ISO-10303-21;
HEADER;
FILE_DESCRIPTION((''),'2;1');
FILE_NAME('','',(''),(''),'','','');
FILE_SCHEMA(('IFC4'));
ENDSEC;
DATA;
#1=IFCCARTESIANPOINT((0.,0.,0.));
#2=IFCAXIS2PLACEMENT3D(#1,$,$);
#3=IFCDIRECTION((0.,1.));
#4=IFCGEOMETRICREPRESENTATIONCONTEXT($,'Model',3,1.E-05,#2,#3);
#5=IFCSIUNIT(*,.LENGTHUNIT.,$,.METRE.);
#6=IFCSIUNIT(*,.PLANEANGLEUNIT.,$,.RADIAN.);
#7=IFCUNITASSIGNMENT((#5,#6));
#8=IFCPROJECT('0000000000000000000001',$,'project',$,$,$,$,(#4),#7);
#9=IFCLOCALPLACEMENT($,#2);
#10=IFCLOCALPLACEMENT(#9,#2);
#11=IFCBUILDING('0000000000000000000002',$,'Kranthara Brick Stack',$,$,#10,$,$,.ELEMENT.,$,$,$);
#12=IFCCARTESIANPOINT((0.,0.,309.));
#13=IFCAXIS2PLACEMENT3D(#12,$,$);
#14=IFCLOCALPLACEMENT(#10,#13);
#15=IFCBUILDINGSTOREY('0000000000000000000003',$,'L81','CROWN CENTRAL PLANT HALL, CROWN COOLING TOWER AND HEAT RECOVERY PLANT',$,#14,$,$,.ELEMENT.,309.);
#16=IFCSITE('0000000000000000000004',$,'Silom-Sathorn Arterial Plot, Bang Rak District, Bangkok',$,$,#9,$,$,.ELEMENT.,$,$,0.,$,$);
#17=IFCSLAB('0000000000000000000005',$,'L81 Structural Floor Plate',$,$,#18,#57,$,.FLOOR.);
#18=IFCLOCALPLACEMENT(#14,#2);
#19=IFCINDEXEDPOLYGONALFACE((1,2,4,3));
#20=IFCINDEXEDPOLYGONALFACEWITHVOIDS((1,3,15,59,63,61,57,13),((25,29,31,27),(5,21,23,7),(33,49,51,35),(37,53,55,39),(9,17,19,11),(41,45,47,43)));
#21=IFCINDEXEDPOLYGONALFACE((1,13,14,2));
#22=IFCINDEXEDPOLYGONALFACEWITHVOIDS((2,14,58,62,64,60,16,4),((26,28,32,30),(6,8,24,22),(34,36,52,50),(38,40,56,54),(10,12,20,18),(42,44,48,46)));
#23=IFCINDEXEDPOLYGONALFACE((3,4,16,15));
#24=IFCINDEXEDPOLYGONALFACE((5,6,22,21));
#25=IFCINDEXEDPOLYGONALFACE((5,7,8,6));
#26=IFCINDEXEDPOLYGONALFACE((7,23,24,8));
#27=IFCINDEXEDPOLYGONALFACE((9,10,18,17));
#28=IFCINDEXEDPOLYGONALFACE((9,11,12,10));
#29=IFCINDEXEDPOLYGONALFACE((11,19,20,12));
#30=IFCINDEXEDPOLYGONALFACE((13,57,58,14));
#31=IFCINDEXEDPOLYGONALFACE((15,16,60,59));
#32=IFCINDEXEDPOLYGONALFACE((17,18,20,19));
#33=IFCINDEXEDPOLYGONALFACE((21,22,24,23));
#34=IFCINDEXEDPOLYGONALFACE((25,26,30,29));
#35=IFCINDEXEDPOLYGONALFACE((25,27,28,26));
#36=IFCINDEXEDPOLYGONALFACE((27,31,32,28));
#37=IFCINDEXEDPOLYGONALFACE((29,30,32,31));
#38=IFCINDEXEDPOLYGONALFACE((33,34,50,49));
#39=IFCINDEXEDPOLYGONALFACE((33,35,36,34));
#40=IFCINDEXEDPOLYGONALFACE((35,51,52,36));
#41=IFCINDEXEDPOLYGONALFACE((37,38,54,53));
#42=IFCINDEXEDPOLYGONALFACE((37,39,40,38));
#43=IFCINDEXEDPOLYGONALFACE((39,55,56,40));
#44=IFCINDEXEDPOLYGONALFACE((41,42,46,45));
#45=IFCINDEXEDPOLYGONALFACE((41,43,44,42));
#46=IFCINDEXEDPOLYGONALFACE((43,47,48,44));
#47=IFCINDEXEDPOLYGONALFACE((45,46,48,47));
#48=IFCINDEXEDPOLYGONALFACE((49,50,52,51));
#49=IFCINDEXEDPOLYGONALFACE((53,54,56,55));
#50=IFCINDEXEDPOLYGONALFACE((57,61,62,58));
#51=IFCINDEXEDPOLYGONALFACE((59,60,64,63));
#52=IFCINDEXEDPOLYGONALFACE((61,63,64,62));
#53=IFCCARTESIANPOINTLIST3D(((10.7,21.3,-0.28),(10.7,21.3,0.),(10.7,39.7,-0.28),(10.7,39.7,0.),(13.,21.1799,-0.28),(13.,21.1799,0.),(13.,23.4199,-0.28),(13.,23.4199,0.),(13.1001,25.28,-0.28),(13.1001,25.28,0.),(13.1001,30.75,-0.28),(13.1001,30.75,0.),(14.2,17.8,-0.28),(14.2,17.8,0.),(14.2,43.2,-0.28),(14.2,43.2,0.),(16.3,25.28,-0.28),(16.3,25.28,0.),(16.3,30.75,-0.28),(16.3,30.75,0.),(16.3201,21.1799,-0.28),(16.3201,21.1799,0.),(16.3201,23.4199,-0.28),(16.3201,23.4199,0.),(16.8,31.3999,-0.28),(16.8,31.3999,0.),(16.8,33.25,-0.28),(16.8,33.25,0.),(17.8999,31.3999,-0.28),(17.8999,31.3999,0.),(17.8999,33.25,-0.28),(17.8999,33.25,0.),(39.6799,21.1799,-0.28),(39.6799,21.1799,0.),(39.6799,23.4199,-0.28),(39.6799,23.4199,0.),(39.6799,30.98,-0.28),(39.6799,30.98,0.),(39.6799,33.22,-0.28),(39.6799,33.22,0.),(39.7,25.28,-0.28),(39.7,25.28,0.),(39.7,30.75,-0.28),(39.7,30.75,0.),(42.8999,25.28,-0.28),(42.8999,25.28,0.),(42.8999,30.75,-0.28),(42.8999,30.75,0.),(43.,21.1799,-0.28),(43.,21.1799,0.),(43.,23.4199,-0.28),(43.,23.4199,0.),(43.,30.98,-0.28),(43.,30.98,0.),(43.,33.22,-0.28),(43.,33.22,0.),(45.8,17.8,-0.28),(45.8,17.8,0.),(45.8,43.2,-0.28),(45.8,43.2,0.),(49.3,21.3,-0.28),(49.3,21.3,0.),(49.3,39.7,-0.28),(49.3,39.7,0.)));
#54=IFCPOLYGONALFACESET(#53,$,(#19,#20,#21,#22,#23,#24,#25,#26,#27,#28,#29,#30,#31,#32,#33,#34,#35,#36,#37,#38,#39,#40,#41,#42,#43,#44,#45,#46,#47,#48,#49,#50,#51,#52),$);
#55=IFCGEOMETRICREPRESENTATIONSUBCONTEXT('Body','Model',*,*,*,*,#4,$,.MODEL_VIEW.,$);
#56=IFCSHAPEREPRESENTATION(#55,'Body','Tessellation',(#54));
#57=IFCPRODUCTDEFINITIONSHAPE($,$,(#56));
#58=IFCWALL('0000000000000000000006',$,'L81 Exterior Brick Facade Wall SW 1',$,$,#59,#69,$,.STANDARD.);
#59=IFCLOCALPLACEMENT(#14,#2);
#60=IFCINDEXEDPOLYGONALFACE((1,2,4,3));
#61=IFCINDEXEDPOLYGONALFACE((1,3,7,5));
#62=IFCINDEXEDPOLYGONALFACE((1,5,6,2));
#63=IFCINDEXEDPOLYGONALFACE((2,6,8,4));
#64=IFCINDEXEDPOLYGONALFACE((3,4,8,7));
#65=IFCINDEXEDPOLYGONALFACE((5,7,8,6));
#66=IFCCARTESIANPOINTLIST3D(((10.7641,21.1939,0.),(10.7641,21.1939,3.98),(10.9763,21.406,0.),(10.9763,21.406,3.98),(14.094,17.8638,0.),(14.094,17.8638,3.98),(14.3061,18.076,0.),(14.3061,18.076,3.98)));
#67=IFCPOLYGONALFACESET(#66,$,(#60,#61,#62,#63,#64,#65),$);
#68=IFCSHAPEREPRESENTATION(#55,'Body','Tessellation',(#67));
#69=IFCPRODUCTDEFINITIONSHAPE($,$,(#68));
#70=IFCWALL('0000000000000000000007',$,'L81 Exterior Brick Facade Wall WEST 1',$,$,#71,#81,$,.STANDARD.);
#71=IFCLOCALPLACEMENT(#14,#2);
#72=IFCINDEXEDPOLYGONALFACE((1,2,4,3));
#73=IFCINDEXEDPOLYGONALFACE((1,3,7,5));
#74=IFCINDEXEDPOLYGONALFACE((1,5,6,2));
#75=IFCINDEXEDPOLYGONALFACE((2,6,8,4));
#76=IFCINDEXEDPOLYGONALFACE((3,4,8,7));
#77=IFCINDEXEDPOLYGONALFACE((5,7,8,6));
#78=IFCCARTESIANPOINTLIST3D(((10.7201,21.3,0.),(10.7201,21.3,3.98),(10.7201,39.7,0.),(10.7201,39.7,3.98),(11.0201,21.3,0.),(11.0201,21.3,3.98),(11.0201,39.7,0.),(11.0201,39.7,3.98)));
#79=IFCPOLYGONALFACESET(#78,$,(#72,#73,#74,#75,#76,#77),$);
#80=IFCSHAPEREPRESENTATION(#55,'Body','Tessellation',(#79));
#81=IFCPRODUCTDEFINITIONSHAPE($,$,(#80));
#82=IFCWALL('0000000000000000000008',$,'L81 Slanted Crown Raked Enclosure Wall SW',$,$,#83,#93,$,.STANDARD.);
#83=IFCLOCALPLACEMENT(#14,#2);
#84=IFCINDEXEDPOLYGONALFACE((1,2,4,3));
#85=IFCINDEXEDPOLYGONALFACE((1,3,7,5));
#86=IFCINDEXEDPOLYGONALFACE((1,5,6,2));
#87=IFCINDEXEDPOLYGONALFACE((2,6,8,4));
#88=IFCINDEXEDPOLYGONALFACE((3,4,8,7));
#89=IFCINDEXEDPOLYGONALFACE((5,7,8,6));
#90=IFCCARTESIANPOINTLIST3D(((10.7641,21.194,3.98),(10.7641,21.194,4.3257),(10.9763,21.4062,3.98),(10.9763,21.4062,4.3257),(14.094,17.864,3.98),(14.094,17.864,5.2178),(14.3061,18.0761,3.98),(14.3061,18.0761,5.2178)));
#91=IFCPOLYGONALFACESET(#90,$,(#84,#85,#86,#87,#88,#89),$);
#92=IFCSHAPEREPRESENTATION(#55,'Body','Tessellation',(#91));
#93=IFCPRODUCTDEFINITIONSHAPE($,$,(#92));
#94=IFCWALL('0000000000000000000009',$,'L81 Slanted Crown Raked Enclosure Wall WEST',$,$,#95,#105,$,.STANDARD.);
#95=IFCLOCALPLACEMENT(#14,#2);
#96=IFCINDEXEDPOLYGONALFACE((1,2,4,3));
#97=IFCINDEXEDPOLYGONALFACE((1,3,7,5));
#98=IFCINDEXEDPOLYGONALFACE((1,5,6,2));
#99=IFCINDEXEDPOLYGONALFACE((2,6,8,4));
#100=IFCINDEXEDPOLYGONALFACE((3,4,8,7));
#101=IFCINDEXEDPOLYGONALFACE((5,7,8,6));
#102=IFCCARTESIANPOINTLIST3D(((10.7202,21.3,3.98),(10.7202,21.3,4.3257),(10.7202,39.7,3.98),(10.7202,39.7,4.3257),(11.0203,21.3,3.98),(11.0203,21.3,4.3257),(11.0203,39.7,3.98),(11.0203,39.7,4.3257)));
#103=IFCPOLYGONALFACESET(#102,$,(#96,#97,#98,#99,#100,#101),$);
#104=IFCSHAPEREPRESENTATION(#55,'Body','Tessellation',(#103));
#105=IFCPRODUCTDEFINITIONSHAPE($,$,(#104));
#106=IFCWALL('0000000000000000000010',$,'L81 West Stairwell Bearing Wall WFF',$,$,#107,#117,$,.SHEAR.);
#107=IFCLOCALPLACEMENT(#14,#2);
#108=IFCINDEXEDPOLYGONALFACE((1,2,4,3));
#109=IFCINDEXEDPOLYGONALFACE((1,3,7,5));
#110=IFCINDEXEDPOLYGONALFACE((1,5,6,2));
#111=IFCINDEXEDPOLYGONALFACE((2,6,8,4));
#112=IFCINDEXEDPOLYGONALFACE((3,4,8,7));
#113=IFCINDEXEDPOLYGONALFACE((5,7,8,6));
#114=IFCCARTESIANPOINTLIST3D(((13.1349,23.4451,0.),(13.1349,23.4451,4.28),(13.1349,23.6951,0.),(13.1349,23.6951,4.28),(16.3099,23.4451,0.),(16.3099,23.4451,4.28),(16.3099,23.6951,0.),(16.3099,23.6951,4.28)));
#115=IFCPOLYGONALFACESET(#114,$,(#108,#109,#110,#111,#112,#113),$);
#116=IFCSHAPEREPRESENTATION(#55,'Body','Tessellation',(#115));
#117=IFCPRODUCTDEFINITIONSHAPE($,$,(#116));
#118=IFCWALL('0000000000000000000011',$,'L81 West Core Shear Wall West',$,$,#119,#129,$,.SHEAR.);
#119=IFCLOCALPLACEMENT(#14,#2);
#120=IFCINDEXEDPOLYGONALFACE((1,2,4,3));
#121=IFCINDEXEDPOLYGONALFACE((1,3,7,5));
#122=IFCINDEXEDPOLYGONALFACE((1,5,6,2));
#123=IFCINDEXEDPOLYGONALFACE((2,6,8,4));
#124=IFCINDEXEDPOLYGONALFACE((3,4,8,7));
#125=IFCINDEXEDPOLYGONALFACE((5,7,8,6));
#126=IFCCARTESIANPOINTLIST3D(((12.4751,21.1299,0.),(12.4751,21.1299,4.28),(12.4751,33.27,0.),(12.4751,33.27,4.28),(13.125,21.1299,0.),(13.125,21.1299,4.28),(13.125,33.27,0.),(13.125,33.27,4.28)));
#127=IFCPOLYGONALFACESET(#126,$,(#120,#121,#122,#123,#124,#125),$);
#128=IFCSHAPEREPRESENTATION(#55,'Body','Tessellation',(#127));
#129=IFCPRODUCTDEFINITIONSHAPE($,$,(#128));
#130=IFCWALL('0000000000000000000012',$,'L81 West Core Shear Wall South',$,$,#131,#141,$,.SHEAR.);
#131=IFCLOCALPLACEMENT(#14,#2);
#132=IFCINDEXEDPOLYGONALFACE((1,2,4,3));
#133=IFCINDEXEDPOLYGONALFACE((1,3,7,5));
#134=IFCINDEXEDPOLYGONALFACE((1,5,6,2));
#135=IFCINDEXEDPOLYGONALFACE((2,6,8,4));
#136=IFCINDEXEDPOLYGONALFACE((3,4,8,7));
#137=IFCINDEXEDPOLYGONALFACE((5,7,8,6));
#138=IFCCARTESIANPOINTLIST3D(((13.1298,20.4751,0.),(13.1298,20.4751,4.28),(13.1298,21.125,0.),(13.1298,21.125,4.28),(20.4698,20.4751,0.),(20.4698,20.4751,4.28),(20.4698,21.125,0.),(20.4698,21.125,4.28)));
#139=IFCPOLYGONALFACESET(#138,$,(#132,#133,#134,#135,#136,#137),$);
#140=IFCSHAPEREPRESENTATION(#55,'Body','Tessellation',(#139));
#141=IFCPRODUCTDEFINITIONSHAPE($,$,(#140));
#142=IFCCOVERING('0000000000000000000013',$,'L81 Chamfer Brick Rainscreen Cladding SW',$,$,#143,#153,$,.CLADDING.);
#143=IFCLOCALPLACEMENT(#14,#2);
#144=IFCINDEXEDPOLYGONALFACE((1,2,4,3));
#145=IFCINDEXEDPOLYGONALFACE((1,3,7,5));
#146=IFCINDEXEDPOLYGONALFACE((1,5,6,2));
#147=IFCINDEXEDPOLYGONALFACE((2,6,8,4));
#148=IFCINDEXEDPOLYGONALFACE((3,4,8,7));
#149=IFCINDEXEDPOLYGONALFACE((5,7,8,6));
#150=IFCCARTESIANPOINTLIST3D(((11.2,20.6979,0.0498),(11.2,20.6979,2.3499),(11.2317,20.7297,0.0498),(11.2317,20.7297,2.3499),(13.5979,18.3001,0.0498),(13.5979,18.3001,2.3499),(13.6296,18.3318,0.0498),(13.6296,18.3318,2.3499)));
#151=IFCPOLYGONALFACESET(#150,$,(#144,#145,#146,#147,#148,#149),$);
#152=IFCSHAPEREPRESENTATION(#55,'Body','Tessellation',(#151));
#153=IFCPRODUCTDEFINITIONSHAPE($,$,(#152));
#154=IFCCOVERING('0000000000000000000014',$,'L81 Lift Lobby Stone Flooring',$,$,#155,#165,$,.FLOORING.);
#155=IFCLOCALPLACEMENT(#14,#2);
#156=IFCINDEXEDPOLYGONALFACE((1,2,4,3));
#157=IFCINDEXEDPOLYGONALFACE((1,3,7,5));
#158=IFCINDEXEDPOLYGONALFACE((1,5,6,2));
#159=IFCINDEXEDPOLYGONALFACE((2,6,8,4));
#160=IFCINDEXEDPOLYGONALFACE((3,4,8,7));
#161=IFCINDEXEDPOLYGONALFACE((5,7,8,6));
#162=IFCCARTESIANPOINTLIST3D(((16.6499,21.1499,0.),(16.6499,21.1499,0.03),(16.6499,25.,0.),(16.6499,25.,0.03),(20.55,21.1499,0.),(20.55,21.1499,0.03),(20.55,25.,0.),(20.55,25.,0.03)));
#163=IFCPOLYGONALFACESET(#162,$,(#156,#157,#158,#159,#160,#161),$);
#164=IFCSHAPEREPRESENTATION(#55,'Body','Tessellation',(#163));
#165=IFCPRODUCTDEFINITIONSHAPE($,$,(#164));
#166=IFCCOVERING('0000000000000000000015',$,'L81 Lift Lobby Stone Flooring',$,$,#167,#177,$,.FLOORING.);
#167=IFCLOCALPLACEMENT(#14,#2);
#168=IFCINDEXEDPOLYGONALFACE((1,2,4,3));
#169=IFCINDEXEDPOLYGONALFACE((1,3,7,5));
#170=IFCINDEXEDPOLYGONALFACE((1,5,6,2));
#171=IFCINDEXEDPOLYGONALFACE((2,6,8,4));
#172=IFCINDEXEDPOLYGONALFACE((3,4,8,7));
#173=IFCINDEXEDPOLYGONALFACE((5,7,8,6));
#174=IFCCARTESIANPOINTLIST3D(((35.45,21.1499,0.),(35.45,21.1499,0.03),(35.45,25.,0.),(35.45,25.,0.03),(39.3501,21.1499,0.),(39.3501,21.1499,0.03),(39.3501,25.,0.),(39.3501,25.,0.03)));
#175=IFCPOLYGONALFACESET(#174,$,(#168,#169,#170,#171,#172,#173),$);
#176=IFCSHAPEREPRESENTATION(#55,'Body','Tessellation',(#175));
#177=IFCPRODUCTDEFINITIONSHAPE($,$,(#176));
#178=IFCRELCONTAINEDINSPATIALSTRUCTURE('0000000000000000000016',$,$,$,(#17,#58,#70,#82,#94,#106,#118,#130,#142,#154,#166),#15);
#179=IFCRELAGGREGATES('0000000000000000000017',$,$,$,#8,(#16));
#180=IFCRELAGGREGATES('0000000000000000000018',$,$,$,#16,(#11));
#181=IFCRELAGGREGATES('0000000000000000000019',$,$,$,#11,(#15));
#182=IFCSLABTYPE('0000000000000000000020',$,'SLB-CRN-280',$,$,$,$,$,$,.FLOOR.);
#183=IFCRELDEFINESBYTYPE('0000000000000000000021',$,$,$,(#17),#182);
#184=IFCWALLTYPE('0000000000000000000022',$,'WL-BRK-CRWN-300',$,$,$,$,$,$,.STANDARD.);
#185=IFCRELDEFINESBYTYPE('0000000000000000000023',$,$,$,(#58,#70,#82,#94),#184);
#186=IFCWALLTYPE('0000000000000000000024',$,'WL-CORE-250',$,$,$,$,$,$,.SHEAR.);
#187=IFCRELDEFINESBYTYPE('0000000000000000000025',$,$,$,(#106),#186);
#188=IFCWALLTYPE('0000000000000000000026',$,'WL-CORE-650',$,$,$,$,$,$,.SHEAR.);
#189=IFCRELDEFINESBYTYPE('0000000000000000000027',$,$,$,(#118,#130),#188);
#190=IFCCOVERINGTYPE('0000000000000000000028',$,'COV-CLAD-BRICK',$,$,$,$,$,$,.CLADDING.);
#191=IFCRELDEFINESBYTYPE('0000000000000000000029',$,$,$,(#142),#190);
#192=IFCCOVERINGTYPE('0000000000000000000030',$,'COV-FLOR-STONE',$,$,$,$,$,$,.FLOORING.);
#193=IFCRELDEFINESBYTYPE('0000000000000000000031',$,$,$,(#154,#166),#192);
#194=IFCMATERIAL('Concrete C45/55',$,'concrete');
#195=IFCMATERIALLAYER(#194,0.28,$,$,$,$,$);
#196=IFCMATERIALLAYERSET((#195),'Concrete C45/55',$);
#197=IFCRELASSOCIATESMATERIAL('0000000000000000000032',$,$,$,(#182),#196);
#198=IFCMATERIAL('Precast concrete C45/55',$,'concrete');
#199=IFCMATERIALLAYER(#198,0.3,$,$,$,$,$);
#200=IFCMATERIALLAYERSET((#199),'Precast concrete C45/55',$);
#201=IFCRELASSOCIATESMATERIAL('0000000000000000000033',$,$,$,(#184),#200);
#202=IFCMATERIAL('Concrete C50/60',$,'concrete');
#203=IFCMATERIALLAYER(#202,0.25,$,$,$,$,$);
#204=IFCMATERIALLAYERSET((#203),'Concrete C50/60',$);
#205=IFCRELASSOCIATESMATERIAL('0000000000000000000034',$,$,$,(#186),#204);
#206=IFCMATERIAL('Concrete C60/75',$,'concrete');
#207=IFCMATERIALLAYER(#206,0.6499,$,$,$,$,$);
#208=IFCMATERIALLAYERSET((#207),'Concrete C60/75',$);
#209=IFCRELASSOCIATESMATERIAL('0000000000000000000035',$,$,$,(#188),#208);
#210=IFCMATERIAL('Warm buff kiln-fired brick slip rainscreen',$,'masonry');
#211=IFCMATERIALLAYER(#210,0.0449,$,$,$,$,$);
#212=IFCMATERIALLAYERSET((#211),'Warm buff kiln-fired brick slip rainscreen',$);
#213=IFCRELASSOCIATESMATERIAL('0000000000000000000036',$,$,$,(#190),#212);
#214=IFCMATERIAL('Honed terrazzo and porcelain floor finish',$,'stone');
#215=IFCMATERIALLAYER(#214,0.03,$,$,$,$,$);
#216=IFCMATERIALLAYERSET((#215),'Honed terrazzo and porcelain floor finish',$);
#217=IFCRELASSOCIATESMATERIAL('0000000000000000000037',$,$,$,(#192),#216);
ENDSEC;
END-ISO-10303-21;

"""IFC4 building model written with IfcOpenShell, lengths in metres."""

from ifc_helpers import new_model, si_unit, direction, frame, frame_2d, origin, origin_2d, place, context, subcontext, project, spatial, polyline, rectangle, outline, extrude, material, layer, layer_set, type_object, element, save


model = new_model("IFC4")

# Units and contexts
model_context = context("Model", 3, precision=1e-05, world=origin(), true_north=direction((0.0, 1.0)))
body_context = subcontext(model_context, "Body", "Model", "MODEL_VIEW")
ifc_project = project(units=[si_unit("LENGTHUNIT", "METRE"), si_unit("PLANEANGLEUNIT", "RADIAN")], contexts=[model_context])

# Site, building, storey
site_placement = place(None, origin())
site = spatial("IfcSite", under=ifc_project, at=site_placement, Name="Silom-Sathorn Arterial Plot, Bang Rak District, Bangkok", CompositionType="ELEMENT", RefElevation=0.0)
building_placement = place(site_placement, origin())
building = spatial("IfcBuilding", under=site, at=building_placement, Name="Kranthara Brick Stack", CompositionType="ELEMENT")
storey_placement = place(building_placement, frame((0.0, 0.0, 309.0)))
storey = spatial("IfcBuildingStorey", under=building, at=storey_placement, Name="L81", Description="CROWN CENTRAL PLANT HALL, CROWN COOLING TOWER AND HEAT RECOVERY PLANT", CompositionType="ELEMENT", Elevation=309.0)

# Slab
ifc_material_1 = material(Name="Concrete C45/55", Category="concrete")
ifc_layer_1 = layer(ifc_material_1, 0.28)
ifc_layer_set_1 = layer_set([ifc_layer_1], Name="Concrete C45/55")
slab_type = type_object("IfcSlabType", Name="SLB-CRN-280", PredefinedType="FLOOR", material=ifc_layer_set_1)
slab_placement = place(storey_placement, frame((0.0, 0.0, -0.28)))
element("IfcSlab", 1, at=slab_placement, inside=storey, type_object=slab_type, Name="L81 Structural Floor Plate", PredefinedType="FLOOR", context=body_context, shape_type="SweptSolid", body=[
    extrude(outline(polyline([(14.2, 17.8), (45.8, 17.8), (49.3, 21.3), (49.3, 39.7), (45.8, 43.2), (14.2, 43.2), (10.7, 39.7), (10.7, 21.3), (14.2, 17.8)]), holes=[polyline([(13.1001, 25.28), (16.3, 25.28), (16.3, 30.75), (13.1001, 30.75), (13.1001, 25.28)]), polyline([(39.7, 25.28), (42.8999, 25.28), (42.8999, 30.75), (39.7, 30.75), (39.7, 25.28)]), polyline([(13.0, 21.1799), (16.3201, 21.1799), (16.3201, 23.4199), (13.0, 23.4199), (13.0, 21.1799)]), polyline([(39.6799, 21.1799), (43.0, 21.1799), (43.0, 23.4199), (39.6799, 23.4199), (39.6799, 21.1799)]), polyline([(39.6799, 30.98), (43.0, 30.98), (43.0, 33.22), (39.6799, 33.22), (39.6799, 30.98)]), polyline([(16.8, 31.3999), (17.8999, 31.3999), (17.8999, 33.25), (16.8, 33.25), (16.8, 31.3999)])]), origin(), (0.0, 0.0, 1.0), 0.28),
])

# Walls
ifc_material_2 = material(Name="Precast concrete C45/55", Category="concrete")
ifc_layer_2 = layer(ifc_material_2, 0.3)
ifc_layer_set_2 = layer_set([ifc_layer_2], Name="Precast concrete C45/55")
wall_type_1 = type_object("IfcWallType", Name="WL-BRK-CRWN-300", PredefinedType="STANDARD", material=ifc_layer_set_2)
wall_1_placement = place(storey_placement, frame((14.2, 17.97, 0.0), z_axis=(0.0, 0.0, 1.0), x_axis=(-0.707081, 0.707133, 0.0)))
element("IfcWall", 2, at=wall_1_placement, inside=storey, type_object=wall_type_1, Name="L81 Exterior Brick Facade Wall SW 1", PredefinedType="STANDARD", context=body_context, shape_type="SweptSolid", body=[
    extrude(rectangle(XDim=4.7092, YDim=0.3, at=frame_2d((2.3545, 0.0))), origin(), (0.0, 0.0, 1.0), 3.98),
])
wall_2_placement = place(storey_placement, frame((10.8701, 21.3, 0.0), z_axis=(0.0, 0.0, 1.0), x_axis=(0.0, 1.0, 0.0)))
element("IfcWall", 3, at=wall_2_placement, inside=storey, type_object=wall_type_1, Name="L81 Exterior Brick Facade Wall WEST 1", PredefinedType="STANDARD", context=body_context, shape_type="SweptSolid", body=[
    extrude(rectangle(XDim=18.3999, YDim=0.3, at=frame_2d((9.2, 0.0))), origin(), (0.0, 0.0, 1.0), 3.98),
])
wall_3_placement = place(storey_placement, frame((14.2, 17.97, 3.98), z_axis=(0.0, 0.0, 1.0), x_axis=(-0.707081, 0.707133, 0.0)))
element("IfcWall", 4, at=wall_3_placement, inside=storey, type_object=wall_type_1, Name="L81 Slanted Crown Raked Enclosure Wall SW", PredefinedType="STANDARD", context=body_context, shape_type="SweptSolid", body=[
    extrude(outline(polyline([(0.0, 0.0), (4.7092, 0.0), (4.7092, 0.3457), (0.0, 1.2378), (0.0, 0.0)])), frame((0.0, 0.1499, 0.0), z_axis=(0.0, -1.0, 0.0), x_axis=(1.0, 0.0, 0.0)), (0.0, 0.0, 1.0), 0.3),
])
wall_4_placement = place(storey_placement, frame((10.8701, 21.3, 3.98), z_axis=(0.0, 0.0, 1.0), x_axis=(0.0, 1.0, 0.0)))
element("IfcWall", 5, at=wall_4_placement, inside=storey, type_object=wall_type_1, Name="L81 Slanted Crown Raked Enclosure Wall WEST", PredefinedType="STANDARD", context=body_context, shape_type="SweptSolid", body=[
    extrude(outline(polyline([(0.0, 0.0), (18.3999, 0.0), (18.3999, 0.3457), (0.0, 0.3457), (0.0, 0.0)])), frame((0.0, 0.1499, 0.0), z_axis=(0.0, -1.0, 0.0), x_axis=(1.0, 0.0, 0.0)), (0.0, 0.0, 1.0), 0.3),
])
ifc_material_3 = material(Name="Concrete C50/60", Category="concrete")
ifc_layer_3 = layer(ifc_material_3, 0.25)
ifc_layer_set_3 = layer_set([ifc_layer_3], Name="Concrete C50/60")
wall_type_2 = type_object("IfcWallType", Name="WL-CORE-250", PredefinedType="SHEAR", material=ifc_layer_set_3)
wall_5_placement = place(storey_placement, frame((13.135, 23.5701, 0.0), z_axis=(0.0, 0.0, 1.0), x_axis=(1.0, 0.0, 0.0)))
element("IfcWall", 6, at=wall_5_placement, inside=storey, type_object=wall_type_2, Name="L81 West Stairwell Bearing Wall WFF", PredefinedType="SHEAR", context=body_context, shape_type="SweptSolid", body=[
    extrude(rectangle(XDim=3.175, YDim=0.25, at=frame_2d((1.5874, 0.0))), origin(), (0.0, 0.0, 1.0), 4.28),
])
ifc_material_4 = material(Name="Concrete C60/75", Category="concrete")
ifc_layer_4 = layer(ifc_material_4, 0.6499)
ifc_layer_set_4 = layer_set([ifc_layer_4], Name="Concrete C60/75")
wall_type_3 = type_object("IfcWallType", Name="WL-CORE-650", PredefinedType="SHEAR", material=ifc_layer_set_4)
wall_6_placement = place(storey_placement, frame((12.8, 21.1299, 0.0), z_axis=(0.0, 0.0, 1.0), x_axis=(0.0, 1.0, 0.0)))
element("IfcWall", 7, at=wall_6_placement, inside=storey, type_object=wall_type_3, Name="L81 West Core Shear Wall West", PredefinedType="SHEAR", context=body_context, shape_type="SweptSolid", body=[
    extrude(rectangle(XDim=12.1401, YDim=0.6499, at=frame_2d((6.0701, 0.0))), origin(), (0.0, 0.0, 1.0), 4.28),
])
wall_7_placement = place(storey_placement, frame((13.1299, 20.8, 0.0), z_axis=(0.0, 0.0, 1.0), x_axis=(1.0, 0.0, 0.0)))
element("IfcWall", 8, at=wall_7_placement, inside=storey, type_object=wall_type_3, Name="L81 West Core Shear Wall South", PredefinedType="SHEAR", context=body_context, shape_type="SweptSolid", body=[
    extrude(rectangle(XDim=7.3401, YDim=0.6499, at=frame_2d((3.6699, 0.0))), origin(), (0.0, 0.0, 1.0), 4.28),
])

# Coverings
ifc_material_5 = material(Name="Warm buff kiln-fired brick slip rainscreen", Category="masonry")
ifc_layer_5 = layer(ifc_material_5, 0.0449)
ifc_layer_set_5 = layer_set([ifc_layer_5], Name="Warm buff kiln-fired brick slip rainscreen")
covering_type_1 = type_object("IfcCoveringType", Name="COV-CLAD-BRICK", PredefinedType="CLADDING", material=ifc_layer_set_5)
covering_1_placement = place(storey_placement, frame((12.4148, 19.5149, 0.0498), z_axis=(0.0, 0.0, 1.0), x_axis=(-0.707107, 0.707107, 0.0)))
element("IfcCovering", 9, at=covering_1_placement, inside=storey, type_object=covering_type_1, Name="L81 Chamfer Brick Rainscreen Cladding SW", PredefinedType="CLADDING", context=body_context, shape_type="SweptSolid", body=[
    extrude(rectangle(XDim=3.3911, YDim=0.0449, at=origin_2d()), origin(), (0.0, 0.0, 1.0), 2.3),
])
ifc_material_6 = material(Name="Honed terrazzo and porcelain floor finish", Category="stone")
ifc_layer_6 = layer(ifc_material_6, 0.03)
ifc_layer_set_6 = layer_set([ifc_layer_6], Name="Honed terrazzo and porcelain floor finish")
covering_type_2 = type_object("IfcCoveringType", Name="COV-FLOR-STONE", PredefinedType="FLOORING", material=ifc_layer_set_6)
covering_2_placement = place(storey_placement, origin())
element("IfcCovering", 10, at=covering_2_placement, inside=storey, type_object=covering_type_2, Name="L81 Lift Lobby Stone Flooring", PredefinedType="FLOORING", context=body_context, shape_type="SweptSolid", body=[
    extrude(outline(polyline([(20.55, 21.1499), (20.55, 25.0), (16.6499, 25.0), (16.6499, 21.1499), (20.55, 21.1499)])), origin(), (0.0, 0.0, 1.0), 0.03),
])
covering_3_placement = place(storey_placement, origin())
element("IfcCovering", 11, at=covering_3_placement, inside=storey, type_object=covering_type_2, Name="L81 Lift Lobby Stone Flooring", PredefinedType="FLOORING", context=body_context, shape_type="SweptSolid", body=[
    extrude(outline(polyline([(39.3501, 21.1499), (39.3501, 25.0), (35.45, 25.0), (35.45, 21.1499), (39.3501, 21.1499)])), origin(), (0.0, 0.0, 1.0), 0.03),
])

save(model, "model.ifc")
